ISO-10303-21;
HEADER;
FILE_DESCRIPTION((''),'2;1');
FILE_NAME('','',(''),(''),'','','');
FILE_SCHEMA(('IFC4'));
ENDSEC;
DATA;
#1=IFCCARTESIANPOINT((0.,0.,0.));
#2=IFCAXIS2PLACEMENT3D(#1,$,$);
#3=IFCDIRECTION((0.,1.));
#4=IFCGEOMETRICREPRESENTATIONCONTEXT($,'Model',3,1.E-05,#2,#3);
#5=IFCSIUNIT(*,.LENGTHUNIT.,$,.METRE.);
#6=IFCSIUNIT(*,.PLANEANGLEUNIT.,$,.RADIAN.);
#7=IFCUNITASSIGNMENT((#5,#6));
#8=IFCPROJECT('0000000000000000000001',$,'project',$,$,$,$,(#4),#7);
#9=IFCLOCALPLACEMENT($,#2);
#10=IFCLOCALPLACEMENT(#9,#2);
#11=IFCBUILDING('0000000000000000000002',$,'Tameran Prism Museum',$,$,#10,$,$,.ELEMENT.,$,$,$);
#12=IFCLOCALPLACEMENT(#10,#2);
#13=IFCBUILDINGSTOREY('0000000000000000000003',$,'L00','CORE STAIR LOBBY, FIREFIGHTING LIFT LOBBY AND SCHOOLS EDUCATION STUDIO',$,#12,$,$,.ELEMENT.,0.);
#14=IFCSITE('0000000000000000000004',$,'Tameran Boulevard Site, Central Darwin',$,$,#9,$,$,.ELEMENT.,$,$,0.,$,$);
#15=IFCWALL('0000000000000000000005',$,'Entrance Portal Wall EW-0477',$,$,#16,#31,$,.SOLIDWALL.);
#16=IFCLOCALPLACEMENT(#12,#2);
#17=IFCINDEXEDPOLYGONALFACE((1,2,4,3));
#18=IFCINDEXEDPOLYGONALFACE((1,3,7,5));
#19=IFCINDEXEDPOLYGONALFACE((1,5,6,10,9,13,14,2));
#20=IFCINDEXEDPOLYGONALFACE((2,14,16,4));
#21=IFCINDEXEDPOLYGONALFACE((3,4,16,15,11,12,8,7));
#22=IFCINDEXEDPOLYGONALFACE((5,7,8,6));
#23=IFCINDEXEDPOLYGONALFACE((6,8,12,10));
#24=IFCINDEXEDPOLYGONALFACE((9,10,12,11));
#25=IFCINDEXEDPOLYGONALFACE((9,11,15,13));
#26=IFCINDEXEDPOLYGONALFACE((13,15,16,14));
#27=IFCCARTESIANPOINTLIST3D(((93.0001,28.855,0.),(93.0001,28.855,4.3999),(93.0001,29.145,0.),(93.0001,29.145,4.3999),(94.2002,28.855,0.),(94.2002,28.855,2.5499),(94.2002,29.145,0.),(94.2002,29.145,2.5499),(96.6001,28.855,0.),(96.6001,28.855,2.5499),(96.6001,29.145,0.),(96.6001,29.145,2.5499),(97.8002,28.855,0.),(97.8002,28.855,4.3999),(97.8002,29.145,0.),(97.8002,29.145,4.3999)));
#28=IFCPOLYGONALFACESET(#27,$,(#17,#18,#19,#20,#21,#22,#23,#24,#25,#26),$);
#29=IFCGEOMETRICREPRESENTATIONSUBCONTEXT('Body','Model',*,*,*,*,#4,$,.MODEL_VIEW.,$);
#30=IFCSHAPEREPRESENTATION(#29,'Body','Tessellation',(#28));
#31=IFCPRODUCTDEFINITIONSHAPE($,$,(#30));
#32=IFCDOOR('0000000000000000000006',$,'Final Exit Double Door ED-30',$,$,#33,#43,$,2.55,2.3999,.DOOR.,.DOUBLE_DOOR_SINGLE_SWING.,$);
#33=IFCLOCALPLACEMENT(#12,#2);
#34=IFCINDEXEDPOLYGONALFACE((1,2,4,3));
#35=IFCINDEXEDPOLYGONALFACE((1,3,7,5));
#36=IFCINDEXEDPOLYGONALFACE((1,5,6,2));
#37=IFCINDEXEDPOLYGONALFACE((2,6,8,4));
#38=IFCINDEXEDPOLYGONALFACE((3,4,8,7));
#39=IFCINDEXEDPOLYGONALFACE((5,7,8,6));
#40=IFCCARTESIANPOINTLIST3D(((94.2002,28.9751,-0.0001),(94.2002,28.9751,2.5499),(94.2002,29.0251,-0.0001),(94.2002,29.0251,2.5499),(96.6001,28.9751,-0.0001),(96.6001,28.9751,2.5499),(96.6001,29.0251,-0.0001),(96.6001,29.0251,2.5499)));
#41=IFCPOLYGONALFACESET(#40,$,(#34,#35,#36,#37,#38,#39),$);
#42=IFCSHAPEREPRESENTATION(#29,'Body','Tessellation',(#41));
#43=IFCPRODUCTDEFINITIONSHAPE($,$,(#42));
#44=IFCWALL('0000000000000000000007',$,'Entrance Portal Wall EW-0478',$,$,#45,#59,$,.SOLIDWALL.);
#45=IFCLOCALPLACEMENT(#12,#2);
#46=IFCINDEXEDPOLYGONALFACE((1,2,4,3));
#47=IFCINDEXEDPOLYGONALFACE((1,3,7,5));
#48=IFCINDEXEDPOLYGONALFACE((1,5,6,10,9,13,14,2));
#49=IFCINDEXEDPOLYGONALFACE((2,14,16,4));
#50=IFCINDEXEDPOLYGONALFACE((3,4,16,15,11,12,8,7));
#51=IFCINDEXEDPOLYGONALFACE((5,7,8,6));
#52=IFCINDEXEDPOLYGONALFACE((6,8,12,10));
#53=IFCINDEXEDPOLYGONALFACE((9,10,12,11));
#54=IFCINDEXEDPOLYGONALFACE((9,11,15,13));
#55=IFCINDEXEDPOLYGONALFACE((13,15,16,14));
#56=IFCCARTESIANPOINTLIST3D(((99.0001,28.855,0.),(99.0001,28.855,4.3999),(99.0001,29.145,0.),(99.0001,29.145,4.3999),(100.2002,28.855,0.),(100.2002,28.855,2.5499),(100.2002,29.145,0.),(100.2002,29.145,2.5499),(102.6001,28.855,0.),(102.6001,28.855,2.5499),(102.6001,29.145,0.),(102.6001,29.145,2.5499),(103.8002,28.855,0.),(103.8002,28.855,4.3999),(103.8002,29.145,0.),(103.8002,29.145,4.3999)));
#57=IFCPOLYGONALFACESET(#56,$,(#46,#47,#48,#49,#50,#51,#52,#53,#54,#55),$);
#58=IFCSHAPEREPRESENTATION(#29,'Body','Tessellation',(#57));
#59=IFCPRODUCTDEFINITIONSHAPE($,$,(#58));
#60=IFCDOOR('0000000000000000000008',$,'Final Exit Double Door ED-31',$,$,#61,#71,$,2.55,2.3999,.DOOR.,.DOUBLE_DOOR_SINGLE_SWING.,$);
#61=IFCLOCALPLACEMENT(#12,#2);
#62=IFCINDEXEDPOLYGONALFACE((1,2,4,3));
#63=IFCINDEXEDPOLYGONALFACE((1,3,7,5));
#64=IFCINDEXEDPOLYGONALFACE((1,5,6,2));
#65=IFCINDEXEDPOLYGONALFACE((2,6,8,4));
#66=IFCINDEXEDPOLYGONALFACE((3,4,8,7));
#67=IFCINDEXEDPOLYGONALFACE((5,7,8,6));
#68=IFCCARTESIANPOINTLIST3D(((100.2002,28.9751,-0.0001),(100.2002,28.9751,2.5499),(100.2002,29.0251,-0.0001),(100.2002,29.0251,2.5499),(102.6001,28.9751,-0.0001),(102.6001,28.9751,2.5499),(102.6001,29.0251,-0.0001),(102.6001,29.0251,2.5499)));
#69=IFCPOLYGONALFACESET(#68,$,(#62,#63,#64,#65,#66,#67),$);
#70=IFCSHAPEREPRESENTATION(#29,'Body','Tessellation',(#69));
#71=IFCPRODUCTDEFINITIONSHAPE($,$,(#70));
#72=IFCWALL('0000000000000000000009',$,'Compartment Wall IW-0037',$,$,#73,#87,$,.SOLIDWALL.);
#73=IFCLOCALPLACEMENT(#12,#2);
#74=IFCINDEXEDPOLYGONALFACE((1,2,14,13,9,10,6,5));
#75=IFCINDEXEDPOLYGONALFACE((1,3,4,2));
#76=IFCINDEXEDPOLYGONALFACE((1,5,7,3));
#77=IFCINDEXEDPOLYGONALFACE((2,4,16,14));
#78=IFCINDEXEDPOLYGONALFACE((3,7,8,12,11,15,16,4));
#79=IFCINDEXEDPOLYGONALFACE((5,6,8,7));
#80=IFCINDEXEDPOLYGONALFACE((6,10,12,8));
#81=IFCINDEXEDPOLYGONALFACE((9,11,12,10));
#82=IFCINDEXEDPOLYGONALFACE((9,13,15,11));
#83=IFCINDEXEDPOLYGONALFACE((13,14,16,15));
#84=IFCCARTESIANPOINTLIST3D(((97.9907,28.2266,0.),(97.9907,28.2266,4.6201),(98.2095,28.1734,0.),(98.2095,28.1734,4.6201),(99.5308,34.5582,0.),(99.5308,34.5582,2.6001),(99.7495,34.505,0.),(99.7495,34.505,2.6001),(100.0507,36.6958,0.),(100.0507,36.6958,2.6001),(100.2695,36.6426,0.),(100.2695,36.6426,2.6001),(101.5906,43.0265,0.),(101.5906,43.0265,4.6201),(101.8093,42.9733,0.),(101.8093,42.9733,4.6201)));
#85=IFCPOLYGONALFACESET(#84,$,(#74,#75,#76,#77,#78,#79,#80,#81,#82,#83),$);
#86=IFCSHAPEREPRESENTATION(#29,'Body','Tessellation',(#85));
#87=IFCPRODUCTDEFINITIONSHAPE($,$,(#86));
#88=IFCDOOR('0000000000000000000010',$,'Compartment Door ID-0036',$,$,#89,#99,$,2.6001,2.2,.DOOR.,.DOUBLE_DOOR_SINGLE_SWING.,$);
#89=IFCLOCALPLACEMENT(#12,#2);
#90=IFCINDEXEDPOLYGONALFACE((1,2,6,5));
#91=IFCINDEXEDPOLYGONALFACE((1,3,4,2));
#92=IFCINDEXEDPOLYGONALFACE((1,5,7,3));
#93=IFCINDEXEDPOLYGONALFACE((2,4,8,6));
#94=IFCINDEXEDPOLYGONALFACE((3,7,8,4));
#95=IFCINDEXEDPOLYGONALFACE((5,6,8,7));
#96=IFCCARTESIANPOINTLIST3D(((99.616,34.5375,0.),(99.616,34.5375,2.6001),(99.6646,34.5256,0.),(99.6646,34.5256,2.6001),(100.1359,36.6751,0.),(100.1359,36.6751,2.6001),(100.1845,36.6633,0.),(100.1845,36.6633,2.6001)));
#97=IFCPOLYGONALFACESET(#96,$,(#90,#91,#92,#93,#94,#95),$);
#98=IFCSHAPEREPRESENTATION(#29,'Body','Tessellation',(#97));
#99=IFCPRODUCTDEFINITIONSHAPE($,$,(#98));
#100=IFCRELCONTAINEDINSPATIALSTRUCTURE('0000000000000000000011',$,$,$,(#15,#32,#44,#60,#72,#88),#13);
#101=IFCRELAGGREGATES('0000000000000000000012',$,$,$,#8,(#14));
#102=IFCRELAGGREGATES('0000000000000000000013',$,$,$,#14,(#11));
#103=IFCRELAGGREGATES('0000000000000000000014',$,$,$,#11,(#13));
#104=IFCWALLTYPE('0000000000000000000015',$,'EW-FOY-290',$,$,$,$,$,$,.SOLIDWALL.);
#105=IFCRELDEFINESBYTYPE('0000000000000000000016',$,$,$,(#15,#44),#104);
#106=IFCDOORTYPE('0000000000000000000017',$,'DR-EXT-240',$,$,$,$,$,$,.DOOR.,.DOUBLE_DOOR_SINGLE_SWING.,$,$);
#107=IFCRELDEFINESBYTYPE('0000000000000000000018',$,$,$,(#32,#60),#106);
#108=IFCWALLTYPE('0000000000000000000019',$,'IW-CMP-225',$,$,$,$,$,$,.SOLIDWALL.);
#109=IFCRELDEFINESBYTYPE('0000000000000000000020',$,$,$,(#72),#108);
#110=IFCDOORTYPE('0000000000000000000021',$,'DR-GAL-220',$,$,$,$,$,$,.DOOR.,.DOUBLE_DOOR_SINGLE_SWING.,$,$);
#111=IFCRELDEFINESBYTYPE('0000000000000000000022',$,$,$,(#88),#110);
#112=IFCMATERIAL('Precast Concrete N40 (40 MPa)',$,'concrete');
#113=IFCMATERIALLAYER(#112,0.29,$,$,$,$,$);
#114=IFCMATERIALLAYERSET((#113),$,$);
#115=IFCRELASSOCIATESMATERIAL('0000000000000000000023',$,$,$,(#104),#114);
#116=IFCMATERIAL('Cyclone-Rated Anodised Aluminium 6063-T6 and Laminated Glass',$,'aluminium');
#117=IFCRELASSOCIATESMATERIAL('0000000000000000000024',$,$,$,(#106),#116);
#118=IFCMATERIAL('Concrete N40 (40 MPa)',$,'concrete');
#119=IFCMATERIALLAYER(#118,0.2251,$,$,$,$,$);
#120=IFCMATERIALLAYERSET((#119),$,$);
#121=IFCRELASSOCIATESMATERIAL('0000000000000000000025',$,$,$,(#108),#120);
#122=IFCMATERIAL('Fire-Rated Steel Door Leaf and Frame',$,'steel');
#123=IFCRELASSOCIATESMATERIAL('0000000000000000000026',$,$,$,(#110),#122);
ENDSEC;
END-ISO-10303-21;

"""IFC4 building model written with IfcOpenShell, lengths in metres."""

from ifc_helpers import new_model, si_unit, direction, frame, frame_2d, origin, place, context, subcontext, project, spatial, rectangle, extrude, material, layer, layer_set, type_object, element, fill, save


model = new_model("IFC4")

# Units and contexts
model_context = context("Model", 3, precision=1e-05, world=origin(), true_north=direction((0.0, 1.0)))
body_context = subcontext(model_context, "Body", "Model", "MODEL_VIEW")
ifc_project = project(units=[si_unit("LENGTHUNIT", "METRE"), si_unit("PLANEANGLEUNIT", "RADIAN")], contexts=[model_context])

# Site, building, storey
site_placement = place(None, origin())
site = spatial("IfcSite", under=ifc_project, at=site_placement, Name="Tameran Boulevard Site, Central Darwin", CompositionType="ELEMENT", RefElevation=0.0)
building_placement = place(site_placement, origin())
building = spatial("IfcBuilding", under=site, at=building_placement, Name="Tameran Prism Museum", CompositionType="ELEMENT")
storey_placement = place(building_placement, origin())
storey = spatial("IfcBuildingStorey", under=building, at=storey_placement, Name="L00", Description="CORE STAIR LOBBY, FIREFIGHTING LIFT LOBBY AND SCHOOLS EDUCATION STUDIO", CompositionType="ELEMENT", Elevation=0.0)

# Walls, openings, doors
ifc_material_1 = material(Name="Precast Concrete N40 (40 MPa)", Category="concrete")
ifc_layer_1 = layer(ifc_material_1, 0.29)
ifc_layer_set_1 = layer_set([ifc_layer_1])
wall_type_1 = type_object("IfcWallType", Name="EW-FOY-290", PredefinedType="SOLIDWALL", material=ifc_layer_set_1)
wall_1_placement = place(storey_placement, frame((97.8, 29.0, 0.0), z_axis=(0.0, 0.0, 1.0), x_axis=(-1.0, 0.0, 0.0)))
wall_1 = element("IfcWall", 1, at=wall_1_placement, inside=storey, type_object=wall_type_1, Name="Entrance Portal Wall EW-0477", PredefinedType="SOLIDWALL", context=body_context, shape_type="SweptSolid", body=[
    extrude(rectangle(XDim=4.8, YDim=0.29, at=frame_2d((2.3999, 0.0))), origin(), (0.0, 0.0, 1.0), 4.3999),
])
opening_1_placement = place(wall_1_placement, frame((1.2, 0.0, 0.0)))
opening_1 = element("IfcOpeningElement", 2, at=opening_1_placement, cuts=wall_1, PredefinedType="OPENING", context=body_context, shape_type="SweptSolid", body=[
    extrude(rectangle(XDim=2.3999, YDim=2.55, at=frame_2d((1.2, 1.2749))), frame((0.0, 0.155, 0.0), z_axis=(0.0, -1.0, 0.0), x_axis=(1.0, 0.0, 0.0)), (0.0, 0.0, 1.0), 0.3101),
])
ifc_material_2 = material(Name="Cyclone-Rated Anodised Aluminium 6063-T6 and Laminated Glass", Category="aluminium")
door_type_1 = type_object("IfcDoorType", Name="DR-EXT-240", OperationType="DOUBLE_DOOR_SINGLE_SWING", PredefinedType="DOOR", material=ifc_material_2)
door_1_placement = place(opening_1_placement, origin())
door_1 = element("IfcDoor", 3, at=door_1_placement, inside=storey, type_object=door_type_1, Name="Final Exit Double Door ED-30", OperationType="DOUBLE_DOOR_SINGLE_SWING", OverallHeight=2.55, OverallWidth=2.3999, PredefinedType="DOOR", context=body_context, shape_type="SweptSolid", body=[
    extrude(rectangle(XDim=2.3999, YDim=2.55, at=frame_2d((1.2, 1.2749))), frame((0.0, 0.0249, 0.0), z_axis=(0.0, -1.0, 0.0), x_axis=(1.0, 0.0, 0.0)), (0.0, 0.0, 1.0), 0.05),
])
fill(opening_1, door_1)
wall_2_placement = place(storey_placement, frame((103.8, 29.0, 0.0), z_axis=(0.0, 0.0, 1.0), x_axis=(-1.0, 0.0, 0.0)))
wall_2 = element("IfcWall", 4, at=wall_2_placement, inside=storey, type_object=wall_type_1, Name="Entrance Portal Wall EW-0478", PredefinedType="SOLIDWALL", context=body_context, shape_type="SweptSolid", body=[
    extrude(rectangle(XDim=4.8, YDim=0.29, at=frame_2d((2.3999, 0.0))), origin(), (0.0, 0.0, 1.0), 4.3999),
])
opening_2_placement = place(wall_2_placement, frame((1.2, 0.0, 0.0)))
opening_2 = element("IfcOpeningElement", 5, at=opening_2_placement, cuts=wall_2, PredefinedType="OPENING", context=body_context, shape_type="SweptSolid", body=[
    extrude(rectangle(XDim=2.3999, YDim=2.55, at=frame_2d((1.2, 1.2749))), frame((0.0, 0.155, 0.0), z_axis=(0.0, -1.0, 0.0), x_axis=(1.0, 0.0, 0.0)), (0.0, 0.0, 1.0), 0.3101),
])
door_2_placement = place(opening_2_placement, origin())
door_2 = element("IfcDoor", 6, at=door_2_placement, inside=storey, type_object=door_type_1, Name="Final Exit Double Door ED-31", OperationType="DOUBLE_DOOR_SINGLE_SWING", OverallHeight=2.55, OverallWidth=2.3999, PredefinedType="DOOR", context=body_context, shape_type="SweptSolid", body=[
    extrude(rectangle(XDim=2.3999, YDim=2.55, at=frame_2d((1.2, 1.2749))), frame((0.0, 0.0249, 0.0), z_axis=(0.0, -1.0, 0.0), x_axis=(1.0, 0.0, 0.0)), (0.0, 0.0, 1.0), 0.05),
])
fill(opening_2, door_2)
ifc_material_3 = material(Name="Concrete N40 (40 MPa)", Category="concrete")
ifc_layer_2 = layer(ifc_material_3, 0.2251)
ifc_layer_set_2 = layer_set([ifc_layer_2])
wall_type_2 = type_object("IfcWallType", Name="IW-CMP-225", PredefinedType="SOLIDWALL", material=ifc_layer_set_2)
wall_3_placement = place(storey_placement, frame((98.1001, 28.2, 0.0), z_axis=(0.0, 0.0, 1.0), x_axis=(0.236342, 0.97167, 0.0)))
wall_3 = element("IfcWall", 7, at=wall_3_placement, inside=storey, type_object=wall_type_2, Name="Compartment Wall IW-0037", PredefinedType="SOLIDWALL", context=body_context, shape_type="SweptSolid", body=[
    extrude(rectangle(XDim=15.2314, YDim=0.2251, at=frame_2d((7.6157, 0.0))), origin(), (0.0, 0.0, 1.0), 4.6201),
])
opening_3_placement = place(wall_3_placement, frame((6.5161, 0.0, 0.0)))
opening_3 = element("IfcOpeningElement", 8, at=opening_3_placement, cuts=wall_3, PredefinedType="OPENING", context=body_context, shape_type="SweptSolid", body=[
    extrude(rectangle(XDim=2.2, YDim=2.6001, at=frame_2d((1.1001, 1.3))), frame((0.0, 0.1226, 0.0), z_axis=(0.0, -1.0, 0.0), x_axis=(1.0, 0.0, 0.0)), (0.0, 0.0, 1.0), 0.2451),
])
ifc_material_4 = material(Name="Fire-Rated Steel Door Leaf and Frame", Category="steel")
door_type_2 = type_object("IfcDoorType", Name="DR-GAL-220", OperationType="DOUBLE_DOOR_SINGLE_SWING", PredefinedType="DOOR", material=ifc_material_4)
door_3_placement = place(opening_3_placement, origin())
door_3 = element("IfcDoor", 9, at=door_3_placement, inside=storey, type_object=door_type_2, Name="Compartment Door ID-0036", OperationType="DOUBLE_DOOR_SINGLE_SWING", OverallHeight=2.6001, OverallWidth=2.2, PredefinedType="DOOR", context=body_context, shape_type="SweptSolid", body=[
    extrude(rectangle(XDim=2.2, YDim=2.6001, at=frame_2d((1.1001, 1.3))), frame((0.0, 0.0249, 0.0), z_axis=(0.0, -1.0, 0.0), x_axis=(1.0, 0.0, 0.0)), (0.0, 0.0, 1.0), 0.05),
])
fill(opening_3, door_3)

save(model, "model.ifc")
